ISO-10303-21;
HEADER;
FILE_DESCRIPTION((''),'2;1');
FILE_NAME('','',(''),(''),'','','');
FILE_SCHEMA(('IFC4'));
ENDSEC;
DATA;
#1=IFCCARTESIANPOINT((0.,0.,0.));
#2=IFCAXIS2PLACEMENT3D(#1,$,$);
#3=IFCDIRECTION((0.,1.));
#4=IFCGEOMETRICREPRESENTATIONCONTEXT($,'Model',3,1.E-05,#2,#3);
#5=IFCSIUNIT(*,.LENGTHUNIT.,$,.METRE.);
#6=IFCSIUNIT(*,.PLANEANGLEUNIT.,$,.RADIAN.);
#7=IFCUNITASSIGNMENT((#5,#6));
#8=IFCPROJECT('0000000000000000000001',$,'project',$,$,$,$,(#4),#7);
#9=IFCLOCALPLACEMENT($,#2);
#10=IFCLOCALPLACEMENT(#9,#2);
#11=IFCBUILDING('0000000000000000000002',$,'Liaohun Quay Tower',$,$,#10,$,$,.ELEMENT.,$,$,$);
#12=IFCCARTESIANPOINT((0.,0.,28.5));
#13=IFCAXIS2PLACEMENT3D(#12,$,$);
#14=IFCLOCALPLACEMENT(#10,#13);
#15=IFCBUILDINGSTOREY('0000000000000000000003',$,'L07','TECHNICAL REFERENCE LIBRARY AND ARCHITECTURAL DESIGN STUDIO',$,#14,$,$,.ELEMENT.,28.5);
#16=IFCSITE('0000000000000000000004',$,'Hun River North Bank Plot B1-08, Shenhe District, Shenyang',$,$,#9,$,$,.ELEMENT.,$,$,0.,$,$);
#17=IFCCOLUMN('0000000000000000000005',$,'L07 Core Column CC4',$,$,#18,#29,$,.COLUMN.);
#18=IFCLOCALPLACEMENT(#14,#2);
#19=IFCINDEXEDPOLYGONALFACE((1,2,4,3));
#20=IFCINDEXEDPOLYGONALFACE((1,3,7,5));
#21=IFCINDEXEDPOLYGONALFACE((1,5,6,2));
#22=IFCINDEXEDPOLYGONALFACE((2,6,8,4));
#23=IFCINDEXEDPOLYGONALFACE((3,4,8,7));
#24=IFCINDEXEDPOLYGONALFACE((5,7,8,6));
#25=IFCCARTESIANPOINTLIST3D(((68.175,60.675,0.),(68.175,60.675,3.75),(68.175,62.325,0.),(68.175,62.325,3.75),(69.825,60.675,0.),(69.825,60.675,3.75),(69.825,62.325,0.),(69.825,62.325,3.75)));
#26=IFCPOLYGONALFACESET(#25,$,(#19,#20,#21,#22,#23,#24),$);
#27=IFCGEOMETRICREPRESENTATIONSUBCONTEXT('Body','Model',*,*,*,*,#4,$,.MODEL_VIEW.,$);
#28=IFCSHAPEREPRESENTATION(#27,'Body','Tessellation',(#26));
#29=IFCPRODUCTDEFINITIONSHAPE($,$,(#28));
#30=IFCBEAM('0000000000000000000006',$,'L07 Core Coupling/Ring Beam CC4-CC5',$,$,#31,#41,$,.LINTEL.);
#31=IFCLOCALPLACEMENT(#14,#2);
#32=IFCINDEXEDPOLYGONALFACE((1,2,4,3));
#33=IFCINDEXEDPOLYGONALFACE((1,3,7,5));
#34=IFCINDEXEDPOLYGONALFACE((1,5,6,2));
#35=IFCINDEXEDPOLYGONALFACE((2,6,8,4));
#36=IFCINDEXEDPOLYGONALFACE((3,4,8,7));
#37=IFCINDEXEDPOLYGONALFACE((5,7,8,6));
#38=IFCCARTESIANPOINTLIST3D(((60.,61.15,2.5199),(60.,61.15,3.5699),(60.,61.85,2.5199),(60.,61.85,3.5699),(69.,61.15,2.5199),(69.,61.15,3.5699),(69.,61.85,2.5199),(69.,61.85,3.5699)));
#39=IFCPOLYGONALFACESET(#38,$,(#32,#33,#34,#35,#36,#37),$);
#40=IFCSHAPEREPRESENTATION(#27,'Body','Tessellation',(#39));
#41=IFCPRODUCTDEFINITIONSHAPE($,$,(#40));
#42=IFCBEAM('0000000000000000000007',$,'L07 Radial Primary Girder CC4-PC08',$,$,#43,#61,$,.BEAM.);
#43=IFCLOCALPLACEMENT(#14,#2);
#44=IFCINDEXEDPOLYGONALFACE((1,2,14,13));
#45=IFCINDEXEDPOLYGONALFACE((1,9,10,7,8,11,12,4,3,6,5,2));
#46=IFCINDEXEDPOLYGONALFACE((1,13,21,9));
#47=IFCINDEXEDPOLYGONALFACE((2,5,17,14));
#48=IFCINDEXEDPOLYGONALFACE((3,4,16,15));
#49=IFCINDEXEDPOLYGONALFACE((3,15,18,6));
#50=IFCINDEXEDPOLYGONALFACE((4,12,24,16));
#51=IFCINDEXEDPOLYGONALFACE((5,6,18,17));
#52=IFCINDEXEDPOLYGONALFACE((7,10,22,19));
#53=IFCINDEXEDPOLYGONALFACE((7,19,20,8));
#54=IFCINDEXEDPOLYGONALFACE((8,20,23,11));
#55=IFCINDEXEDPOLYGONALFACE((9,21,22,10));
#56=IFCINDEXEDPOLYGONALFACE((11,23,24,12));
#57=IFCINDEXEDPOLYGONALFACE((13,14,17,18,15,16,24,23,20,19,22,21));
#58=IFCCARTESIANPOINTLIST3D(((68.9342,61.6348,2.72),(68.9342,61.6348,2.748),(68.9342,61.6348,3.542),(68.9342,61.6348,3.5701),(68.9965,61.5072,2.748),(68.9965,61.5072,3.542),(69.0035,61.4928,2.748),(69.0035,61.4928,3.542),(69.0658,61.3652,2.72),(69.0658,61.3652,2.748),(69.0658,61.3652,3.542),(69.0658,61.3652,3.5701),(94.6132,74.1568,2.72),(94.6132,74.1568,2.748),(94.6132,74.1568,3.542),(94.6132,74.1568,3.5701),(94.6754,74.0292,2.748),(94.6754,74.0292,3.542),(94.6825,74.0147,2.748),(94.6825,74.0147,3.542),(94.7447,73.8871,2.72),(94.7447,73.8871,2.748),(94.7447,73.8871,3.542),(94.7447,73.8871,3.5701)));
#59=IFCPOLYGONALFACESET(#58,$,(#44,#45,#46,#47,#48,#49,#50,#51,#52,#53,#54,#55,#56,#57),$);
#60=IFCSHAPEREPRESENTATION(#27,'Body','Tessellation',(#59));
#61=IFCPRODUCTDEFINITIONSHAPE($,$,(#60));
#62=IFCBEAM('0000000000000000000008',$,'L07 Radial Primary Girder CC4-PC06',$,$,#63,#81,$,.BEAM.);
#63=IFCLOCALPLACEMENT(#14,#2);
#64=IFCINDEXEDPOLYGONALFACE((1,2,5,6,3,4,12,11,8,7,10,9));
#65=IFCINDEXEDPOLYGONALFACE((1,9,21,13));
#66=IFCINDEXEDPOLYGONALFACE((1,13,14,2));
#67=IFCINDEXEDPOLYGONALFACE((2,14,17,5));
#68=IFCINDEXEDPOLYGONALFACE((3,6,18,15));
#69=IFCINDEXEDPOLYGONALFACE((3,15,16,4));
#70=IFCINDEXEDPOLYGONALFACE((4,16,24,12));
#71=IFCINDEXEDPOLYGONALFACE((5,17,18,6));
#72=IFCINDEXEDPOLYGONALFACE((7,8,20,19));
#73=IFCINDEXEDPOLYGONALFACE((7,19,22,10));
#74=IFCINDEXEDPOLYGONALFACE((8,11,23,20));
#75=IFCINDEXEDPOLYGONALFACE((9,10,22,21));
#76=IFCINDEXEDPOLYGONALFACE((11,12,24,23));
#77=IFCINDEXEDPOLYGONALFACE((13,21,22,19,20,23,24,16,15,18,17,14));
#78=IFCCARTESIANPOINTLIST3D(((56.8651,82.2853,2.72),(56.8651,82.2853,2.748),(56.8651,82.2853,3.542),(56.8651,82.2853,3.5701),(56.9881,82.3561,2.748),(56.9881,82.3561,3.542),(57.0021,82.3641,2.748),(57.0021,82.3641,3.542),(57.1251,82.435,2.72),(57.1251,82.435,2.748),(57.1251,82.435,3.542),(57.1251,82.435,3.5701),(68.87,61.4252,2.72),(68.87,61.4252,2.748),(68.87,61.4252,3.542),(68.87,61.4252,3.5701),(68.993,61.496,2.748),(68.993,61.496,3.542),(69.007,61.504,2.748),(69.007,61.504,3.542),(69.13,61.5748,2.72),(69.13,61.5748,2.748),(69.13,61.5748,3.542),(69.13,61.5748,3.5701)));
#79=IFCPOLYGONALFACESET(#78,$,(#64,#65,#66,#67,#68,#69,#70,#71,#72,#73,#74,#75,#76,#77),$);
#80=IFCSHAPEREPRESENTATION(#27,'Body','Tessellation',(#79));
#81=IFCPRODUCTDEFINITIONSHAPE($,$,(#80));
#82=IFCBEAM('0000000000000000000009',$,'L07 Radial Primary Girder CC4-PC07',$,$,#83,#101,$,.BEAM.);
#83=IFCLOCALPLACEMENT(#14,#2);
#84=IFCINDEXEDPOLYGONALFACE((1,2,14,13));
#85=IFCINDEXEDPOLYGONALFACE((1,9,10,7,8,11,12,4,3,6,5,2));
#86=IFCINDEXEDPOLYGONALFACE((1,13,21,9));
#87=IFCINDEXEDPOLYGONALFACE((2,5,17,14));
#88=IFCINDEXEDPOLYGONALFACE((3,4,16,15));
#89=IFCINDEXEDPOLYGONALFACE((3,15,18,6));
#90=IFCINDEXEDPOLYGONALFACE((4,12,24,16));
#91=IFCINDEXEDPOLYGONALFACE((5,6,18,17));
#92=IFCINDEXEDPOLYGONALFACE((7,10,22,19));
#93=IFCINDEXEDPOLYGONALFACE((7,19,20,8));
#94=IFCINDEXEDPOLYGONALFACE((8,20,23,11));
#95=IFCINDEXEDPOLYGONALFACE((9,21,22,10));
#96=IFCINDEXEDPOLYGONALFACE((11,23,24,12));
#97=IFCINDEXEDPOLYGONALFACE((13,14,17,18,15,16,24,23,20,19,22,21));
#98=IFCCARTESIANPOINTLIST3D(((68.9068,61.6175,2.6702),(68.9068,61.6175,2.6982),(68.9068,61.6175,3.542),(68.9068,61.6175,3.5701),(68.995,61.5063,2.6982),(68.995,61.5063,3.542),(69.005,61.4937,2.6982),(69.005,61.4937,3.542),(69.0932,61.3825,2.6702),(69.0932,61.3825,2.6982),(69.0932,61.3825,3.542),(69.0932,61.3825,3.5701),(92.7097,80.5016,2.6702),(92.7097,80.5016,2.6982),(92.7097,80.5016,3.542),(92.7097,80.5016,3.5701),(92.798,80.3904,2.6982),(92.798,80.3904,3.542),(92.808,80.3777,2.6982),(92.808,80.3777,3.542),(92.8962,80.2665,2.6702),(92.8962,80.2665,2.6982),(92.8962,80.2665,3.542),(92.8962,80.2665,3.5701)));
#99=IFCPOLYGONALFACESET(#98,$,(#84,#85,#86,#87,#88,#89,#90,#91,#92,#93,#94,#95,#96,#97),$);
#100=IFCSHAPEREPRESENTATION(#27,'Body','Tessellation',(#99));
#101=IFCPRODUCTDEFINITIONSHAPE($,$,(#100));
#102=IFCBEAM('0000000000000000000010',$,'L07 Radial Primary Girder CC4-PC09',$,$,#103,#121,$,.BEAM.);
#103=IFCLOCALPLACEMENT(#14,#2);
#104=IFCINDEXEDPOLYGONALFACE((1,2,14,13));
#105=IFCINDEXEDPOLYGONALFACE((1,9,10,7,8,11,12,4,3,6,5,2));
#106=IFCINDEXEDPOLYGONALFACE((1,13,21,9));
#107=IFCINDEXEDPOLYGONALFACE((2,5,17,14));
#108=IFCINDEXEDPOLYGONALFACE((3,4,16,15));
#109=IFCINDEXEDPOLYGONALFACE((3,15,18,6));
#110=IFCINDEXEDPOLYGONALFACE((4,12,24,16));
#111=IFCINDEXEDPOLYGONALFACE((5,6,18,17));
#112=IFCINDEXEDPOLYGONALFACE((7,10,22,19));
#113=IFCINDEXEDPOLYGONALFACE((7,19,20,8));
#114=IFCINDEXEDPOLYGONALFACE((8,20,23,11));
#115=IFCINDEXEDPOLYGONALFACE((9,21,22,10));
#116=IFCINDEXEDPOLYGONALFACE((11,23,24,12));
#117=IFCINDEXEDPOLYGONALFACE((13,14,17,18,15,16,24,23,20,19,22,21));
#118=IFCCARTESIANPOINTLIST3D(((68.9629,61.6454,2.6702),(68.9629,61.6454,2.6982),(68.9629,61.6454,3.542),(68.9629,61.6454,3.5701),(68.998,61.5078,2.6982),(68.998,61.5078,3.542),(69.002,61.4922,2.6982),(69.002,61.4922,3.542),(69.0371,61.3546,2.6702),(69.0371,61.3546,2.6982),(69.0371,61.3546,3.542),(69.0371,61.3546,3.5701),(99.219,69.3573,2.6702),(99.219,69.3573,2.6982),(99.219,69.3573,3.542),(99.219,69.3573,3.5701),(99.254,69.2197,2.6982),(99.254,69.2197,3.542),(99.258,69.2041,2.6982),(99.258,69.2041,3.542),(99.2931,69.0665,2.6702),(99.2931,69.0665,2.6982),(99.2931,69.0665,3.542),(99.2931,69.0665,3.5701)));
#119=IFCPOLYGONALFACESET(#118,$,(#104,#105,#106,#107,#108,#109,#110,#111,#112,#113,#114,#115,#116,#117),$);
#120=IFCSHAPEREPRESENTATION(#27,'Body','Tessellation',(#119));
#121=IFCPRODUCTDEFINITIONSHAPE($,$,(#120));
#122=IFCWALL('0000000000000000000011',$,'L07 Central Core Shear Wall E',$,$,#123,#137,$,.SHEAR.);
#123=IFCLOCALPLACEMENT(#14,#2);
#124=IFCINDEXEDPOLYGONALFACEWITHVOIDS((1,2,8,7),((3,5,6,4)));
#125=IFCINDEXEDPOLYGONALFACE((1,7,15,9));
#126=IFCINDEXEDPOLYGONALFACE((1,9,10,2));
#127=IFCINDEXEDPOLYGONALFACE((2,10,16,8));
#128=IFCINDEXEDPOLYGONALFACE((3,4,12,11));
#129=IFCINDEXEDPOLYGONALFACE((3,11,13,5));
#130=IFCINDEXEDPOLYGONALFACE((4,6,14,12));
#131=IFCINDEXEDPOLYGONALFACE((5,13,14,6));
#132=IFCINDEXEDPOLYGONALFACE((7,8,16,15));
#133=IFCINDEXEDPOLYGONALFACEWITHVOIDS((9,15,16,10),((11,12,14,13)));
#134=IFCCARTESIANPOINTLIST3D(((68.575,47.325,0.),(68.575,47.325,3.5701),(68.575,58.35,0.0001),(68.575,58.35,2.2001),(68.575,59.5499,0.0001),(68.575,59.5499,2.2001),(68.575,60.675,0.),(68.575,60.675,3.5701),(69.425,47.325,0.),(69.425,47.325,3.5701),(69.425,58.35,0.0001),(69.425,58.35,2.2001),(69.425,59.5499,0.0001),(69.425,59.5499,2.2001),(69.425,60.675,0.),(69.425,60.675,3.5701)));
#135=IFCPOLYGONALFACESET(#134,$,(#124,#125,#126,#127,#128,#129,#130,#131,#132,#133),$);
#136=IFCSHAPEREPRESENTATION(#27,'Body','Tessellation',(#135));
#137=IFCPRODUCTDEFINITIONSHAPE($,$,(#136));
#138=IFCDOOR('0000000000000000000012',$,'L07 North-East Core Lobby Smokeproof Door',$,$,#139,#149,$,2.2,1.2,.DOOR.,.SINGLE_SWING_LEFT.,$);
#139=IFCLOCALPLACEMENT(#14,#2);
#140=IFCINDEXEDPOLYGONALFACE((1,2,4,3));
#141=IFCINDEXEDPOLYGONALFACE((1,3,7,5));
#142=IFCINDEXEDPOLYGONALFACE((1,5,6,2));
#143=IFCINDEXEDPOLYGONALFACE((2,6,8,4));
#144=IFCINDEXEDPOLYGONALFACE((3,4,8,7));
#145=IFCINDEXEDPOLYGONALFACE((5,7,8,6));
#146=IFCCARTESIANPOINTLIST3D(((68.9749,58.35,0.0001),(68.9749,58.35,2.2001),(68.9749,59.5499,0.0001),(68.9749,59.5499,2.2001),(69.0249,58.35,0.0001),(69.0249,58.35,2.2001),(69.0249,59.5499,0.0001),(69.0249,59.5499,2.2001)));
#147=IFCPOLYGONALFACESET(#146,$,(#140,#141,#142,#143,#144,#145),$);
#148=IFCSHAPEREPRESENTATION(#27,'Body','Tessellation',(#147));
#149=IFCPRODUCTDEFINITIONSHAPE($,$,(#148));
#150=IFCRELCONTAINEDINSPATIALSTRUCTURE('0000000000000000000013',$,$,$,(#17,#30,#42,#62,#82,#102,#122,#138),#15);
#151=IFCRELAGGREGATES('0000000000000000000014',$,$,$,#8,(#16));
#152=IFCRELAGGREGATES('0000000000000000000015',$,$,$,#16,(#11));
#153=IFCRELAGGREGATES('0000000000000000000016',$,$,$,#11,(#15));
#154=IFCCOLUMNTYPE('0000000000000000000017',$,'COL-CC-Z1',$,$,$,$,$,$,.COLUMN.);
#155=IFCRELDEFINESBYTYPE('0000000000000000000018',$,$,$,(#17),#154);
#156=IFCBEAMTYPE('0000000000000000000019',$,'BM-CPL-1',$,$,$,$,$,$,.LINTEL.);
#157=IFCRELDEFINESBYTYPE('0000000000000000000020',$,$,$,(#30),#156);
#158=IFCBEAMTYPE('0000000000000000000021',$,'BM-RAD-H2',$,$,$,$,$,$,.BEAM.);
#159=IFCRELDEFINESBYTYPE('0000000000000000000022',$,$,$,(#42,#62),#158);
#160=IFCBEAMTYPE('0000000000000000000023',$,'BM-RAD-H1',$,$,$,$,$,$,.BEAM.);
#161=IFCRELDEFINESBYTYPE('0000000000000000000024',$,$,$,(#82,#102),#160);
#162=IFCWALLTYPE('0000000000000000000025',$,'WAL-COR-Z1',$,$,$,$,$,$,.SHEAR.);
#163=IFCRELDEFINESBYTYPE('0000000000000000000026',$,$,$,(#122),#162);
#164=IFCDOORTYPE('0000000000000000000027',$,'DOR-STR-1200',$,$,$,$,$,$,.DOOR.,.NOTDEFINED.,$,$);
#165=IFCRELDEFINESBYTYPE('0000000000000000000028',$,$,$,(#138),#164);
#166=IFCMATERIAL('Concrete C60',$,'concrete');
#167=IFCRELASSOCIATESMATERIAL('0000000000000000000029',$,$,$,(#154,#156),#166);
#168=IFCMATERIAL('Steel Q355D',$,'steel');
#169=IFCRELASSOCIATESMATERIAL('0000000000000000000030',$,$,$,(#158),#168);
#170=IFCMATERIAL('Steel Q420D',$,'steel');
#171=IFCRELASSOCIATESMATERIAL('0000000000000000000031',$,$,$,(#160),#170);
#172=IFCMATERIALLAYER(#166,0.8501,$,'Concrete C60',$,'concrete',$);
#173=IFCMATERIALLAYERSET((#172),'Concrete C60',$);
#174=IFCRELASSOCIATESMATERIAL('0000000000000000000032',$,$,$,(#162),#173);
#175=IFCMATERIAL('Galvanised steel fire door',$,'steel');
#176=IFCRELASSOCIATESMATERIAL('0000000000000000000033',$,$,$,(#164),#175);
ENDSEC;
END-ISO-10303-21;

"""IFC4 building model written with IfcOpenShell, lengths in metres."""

from ifc_helpers import new_model, si_unit, direction, frame, frame_2d, origin, origin_2d, place, context, subcontext, project, spatial, rectangle, i_section, extrude, source, transform, mapped, material, layer, layer_set, material_profile, profile_set, type_object, element, fill, save


model = new_model("IFC4")

# Units and contexts
model_context = context("Model", 3, precision=1e-05, world=origin(), true_north=direction((0.0, 1.0)))
body_context = subcontext(model_context, "Body", "Model", "MODEL_VIEW")
ifc_project = project(units=[si_unit("LENGTHUNIT", "METRE"), si_unit("PLANEANGLEUNIT", "RADIAN")], contexts=[model_context])

# Site, building, storey
site_placement = place(None, origin())
site = spatial("IfcSite", under=ifc_project, at=site_placement, Name="Hun River North Bank Plot B1-08, Shenhe District, Shenyang", CompositionType="ELEMENT", RefElevation=0.0)
building_placement = place(site_placement, origin())
building = spatial("IfcBuilding", under=site, at=building_placement, Name="Liaohun Quay Tower", CompositionType="ELEMENT")
storey_placement = place(building_placement, frame((0.0, 0.0, 28.5)))
storey = spatial("IfcBuildingStorey", under=building, at=storey_placement, Name="L07", Description="TECHNICAL REFERENCE LIBRARY AND ARCHITECTURAL DESIGN STUDIO", CompositionType="ELEMENT", Elevation=28.5)

# Column
ifc_material_1 = material(Name="Concrete C60", Category="concrete")
ifc_material_profile_1 = material_profile(ifc_material_1, rectangle(XDim=1.6499, YDim=1.6499, at=origin_2d()), Name="RC1650x1650")
ifc_profile_set_1 = profile_set([ifc_material_profile_1], Name="Concrete C60")
column_type = type_object("IfcColumnType", Name="COL-CC-Z1", PredefinedType="COLUMN", material=ifc_profile_set_1)
shared_shape_1 = source(origin(), body_context, "Body", "SweptSolid", [
    extrude(rectangle(XDim=1.6499, YDim=1.6499, at=origin_2d()), origin(), (0.0, 0.0, 1.0), 3.75),
])
column_placement = place(storey_placement, frame((69.0, 61.5, 0.0), z_axis=(0.0, 0.0, 1.0), x_axis=(1.0, 0.0, 0.0)))
element("IfcColumn", 1, at=column_placement, inside=storey, type_object=column_type, Name="L07 Core Column CC4", PredefinedType="COLUMN", context=body_context, shape_type="MappedRepresentation", body=[
    mapped(shared_shape_1, transform((0.0, 0.0, 0.0), x_axis=(1.0, 0.0, 0.0), y_axis=(0.0, 1.0, 0.0), z_axis=(0.0, 0.0, 1.0), scale=1.0)),
])

# Beams
ifc_material_profile_2 = material_profile(ifc_material_1, rectangle(XDim=0.7, YDim=1.05, at=origin_2d()), Name="RC700x1050")
ifc_profile_set_2 = profile_set([ifc_material_profile_2], Name="Concrete C60")
beam_type_1 = type_object("IfcBeamType", Name="BM-CPL-1", PredefinedType="LINTEL", material=ifc_profile_set_2)
shared_shape_2 = source(origin(), body_context, "Body", "SweptSolid", [
    extrude(rectangle(XDim=0.7, YDim=1.05, at=origin_2d()), origin(), (0.0, 0.0, 1.0), 9.0),
])
beam_1_placement = place(storey_placement, frame((69.0, 61.5, 3.0449), z_axis=(-1.0, 0.0, 0.0), x_axis=(0.0, -1.0, 0.0)))
element("IfcBeam", 2, at=beam_1_placement, inside=storey, type_object=beam_type_1, Name="L07 Core Coupling/Ring Beam CC4-CC5", PredefinedType="LINTEL", context=body_context, shape_type="MappedRepresentation", body=[
    mapped(shared_shape_2, transform((0.0, 0.0, 0.0), x_axis=(1.0, 0.0, 0.0), y_axis=(0.0, 1.0, 0.0), z_axis=(0.0, 0.0, 1.0), scale=1.0)),
])
ifc_material_2 = material(Name="Steel Q355D", Category="steel")
ifc_material_profile_3 = material_profile(ifc_material_2, i_section(OverallWidth=0.3, OverallDepth=0.8501, WebThickness=0.0161, FlangeThickness=0.0281, at=origin_2d()), Name="HN850x300x16x28")
ifc_profile_set_3 = profile_set([ifc_material_profile_3], Name="Steel Q355D")
beam_type_2 = type_object("IfcBeamType", Name="BM-RAD-H2", PredefinedType="BEAM", material=ifc_profile_set_3)
shared_shape_3 = source(origin(), body_context, "Body", "SweptSolid", [
    extrude(i_section(OverallWidth=0.3, OverallDepth=0.8501, WebThickness=0.0161, FlangeThickness=0.0281, at=origin_2d()), origin(), (0.0, 0.0, 1.0), 28.5693),
])
beam_2_placement = place(storey_placement, frame((69.0, 61.5, 3.145), z_axis=(0.898828, 0.438301, 0.0), x_axis=(-0.438301, 0.898828, 0.0)))
element("IfcBeam", 3, at=beam_2_placement, inside=storey, type_object=beam_type_2, Name="L07 Radial Primary Girder CC4-PC08", PredefinedType="BEAM", context=body_context, shape_type="MappedRepresentation", body=[
    mapped(shared_shape_3, transform((0.0, 0.0, 0.0), x_axis=(1.0, 0.0, 0.0), y_axis=(0.0, 1.0, 0.0), z_axis=(0.0, 0.0, 1.0), scale=1.0)),
])
shared_shape_4 = source(origin(), body_context, "Body", "SweptSolid", [
    extrude(i_section(OverallWidth=0.3, OverallDepth=0.8501, WebThickness=0.0161, FlangeThickness=0.0281, at=origin_2d()), origin(), (0.0, 0.0, 1.0), 24.0679),
])
beam_3_placement = place(storey_placement, frame((69.0, 61.5, 3.145), z_axis=(-0.498793, 0.866721, 0.0), x_axis=(-0.866721, -0.498793, 0.0)))
element("IfcBeam", 4, at=beam_3_placement, inside=storey, type_object=beam_type_2, Name="L07 Radial Primary Girder CC4-PC06", PredefinedType="BEAM", context=body_context, shape_type="MappedRepresentation", body=[
    mapped(shared_shape_4, transform((0.0, 0.0, 0.0), x_axis=(1.0, 0.0, 0.0), y_axis=(0.0, 1.0, 0.0), z_axis=(0.0, 0.0, 1.0), scale=1.0)),
])
ifc_material_3 = material(Name="Steel Q420D", Category="steel")
ifc_material_profile_4 = material_profile(ifc_material_3, i_section(OverallWidth=0.3, OverallDepth=0.8999, WebThickness=0.0161, FlangeThickness=0.0281, at=origin_2d()), Name="HN900x300x16x28")
ifc_profile_set_4 = profile_set([ifc_material_profile_4], Name="Steel Q420D")
beam_type_3 = type_object("IfcBeamType", Name="BM-RAD-H1", PredefinedType="BEAM", material=ifc_profile_set_4)
shared_shape_5 = source(origin(), body_context, "Body", "SweptSolid", [
    extrude(i_section(OverallWidth=0.3, OverallDepth=0.8999, WebThickness=0.0161, FlangeThickness=0.0281, at=origin_2d()), origin(), (0.0, 0.0, 1.0), 30.384),
])
beam_4_placement = place(storey_placement, frame((69.0, 61.5, 3.1201), z_axis=(0.783405, 0.621512, 0.0), x_axis=(-0.621512, 0.783405, 0.0)))
element("IfcBeam", 5, at=beam_4_placement, inside=storey, type_object=beam_type_3, Name="L07 Radial Primary Girder CC4-PC07", PredefinedType="BEAM", context=body_context, shape_type="MappedRepresentation", body=[
    mapped(shared_shape_5, transform((0.0, 0.0, 0.0), x_axis=(1.0, 0.0, 0.0), y_axis=(0.0, 1.0, 0.0), z_axis=(0.0, 0.0, 1.0), scale=1.0)),
])
shared_shape_6 = source(origin(), body_context, "Body", "SweptSolid", [
    extrude(i_section(OverallWidth=0.3, OverallDepth=0.8999, WebThickness=0.0161, FlangeThickness=0.0281, at=origin_2d()), origin(), (0.0, 0.0, 1.0), 31.2234),
])
beam_5_placement = place(storey_placement, frame((69.0, 61.5, 3.1201), z_axis=(0.969018, 0.246991, 0.0), x_axis=(-0.246991, 0.969018, 0.0)))
element("IfcBeam", 6, at=beam_5_placement, inside=storey, type_object=beam_type_3, Name="L07 Radial Primary Girder CC4-PC09", PredefinedType="BEAM", context=body_context, shape_type="MappedRepresentation", body=[
    mapped(shared_shape_6, transform((0.0, 0.0, 0.0), x_axis=(1.0, 0.0, 0.0), y_axis=(0.0, 1.0, 0.0), z_axis=(0.0, 0.0, 1.0), scale=1.0)),
])

# Wall, opening, door
ifc_layer_1 = layer(ifc_material_1, 0.8501, Name="Concrete C60", Category="concrete")
ifc_layer_set_1 = layer_set([ifc_layer_1], Name="Concrete C60")
wall_type_1 = type_object("IfcWallType", Name="WAL-COR-Z1", PredefinedType="SHEAR", material=ifc_layer_set_1)
wall_1_placement = place(storey_placement, frame((69.0, 60.675, 0.0), z_axis=(0.0, 0.0, 1.0), x_axis=(0.0, -1.0, 0.0)))
wall_1 = element("IfcWall", 7, at=wall_1_placement, inside=storey, type_object=wall_type_1, Name="L07 Central Core Shear Wall E", PredefinedType="SHEAR", context=body_context, shape_type="SweptSolid", body=[
    extrude(rectangle(XDim=13.3501, YDim=0.8501, at=frame_2d((6.675, 0.0))), origin(), (0.0, 0.0, 1.0), 3.5701),
])
shared_shape_7 = source(origin(), body_context, "Body", "SweptSolid", [
    extrude(rectangle(XDim=1.2, YDim=2.2, at=frame_2d((0.6001, 1.1001))), frame((0.0, 0.4351, 0.0), z_axis=(0.0, -1.0, 0.0), x_axis=(1.0, 0.0, 0.0)), (0.0, 0.0, 1.0), 0.8701),
])
opening_1_placement = place(wall_1_placement, frame((1.125, 0.0, 0.0)))
opening_1 = element("IfcOpeningElement", 8, at=opening_1_placement, cuts=wall_1, PredefinedType="OPENING", context=body_context, shape_type="MappedRepresentation", body=[
    mapped(shared_shape_7, transform((0.0, 0.0, 0.0), x_axis=(1.0, 0.0, 0.0), y_axis=(0.0, 1.0, 0.0), z_axis=(0.0, 0.0, 1.0), scale=1.0)),
])
ifc_material_4 = material(Name="Galvanised steel fire door", Category="steel")
door_type_1 = type_object("IfcDoorType", Name="DOR-STR-1200", OperationType="NOTDEFINED", PredefinedType="DOOR", material=ifc_material_4)
shared_shape_8 = source(origin(), body_context, "Body", "SweptSolid", [
    extrude(rectangle(XDim=1.2, YDim=2.2, at=frame_2d((0.6001, 1.1001))), frame((0.0, 0.0249, 0.0), z_axis=(0.0, -1.0, 0.0), x_axis=(1.0, 0.0, 0.0)), (0.0, 0.0, 1.0), 0.05),
])
door_1_placement = place(opening_1_placement, origin())
door_1 = element("IfcDoor", 9, at=door_1_placement, inside=storey, type_object=door_type_1, Name="L07 North-East Core Lobby Smokeproof Door", OperationType="SINGLE_SWING_LEFT", OverallHeight=2.2, OverallWidth=1.2, PredefinedType="DOOR", context=body_context, shape_type="MappedRepresentation", body=[
    mapped(shared_shape_8, transform((0.0, 0.0, 0.0), x_axis=(1.0, 0.0, 0.0), y_axis=(0.0, 1.0, 0.0), z_axis=(0.0, 0.0, 1.0), scale=1.0)),
])
fill(opening_1, door_1)

save(model, "model.ifc")
